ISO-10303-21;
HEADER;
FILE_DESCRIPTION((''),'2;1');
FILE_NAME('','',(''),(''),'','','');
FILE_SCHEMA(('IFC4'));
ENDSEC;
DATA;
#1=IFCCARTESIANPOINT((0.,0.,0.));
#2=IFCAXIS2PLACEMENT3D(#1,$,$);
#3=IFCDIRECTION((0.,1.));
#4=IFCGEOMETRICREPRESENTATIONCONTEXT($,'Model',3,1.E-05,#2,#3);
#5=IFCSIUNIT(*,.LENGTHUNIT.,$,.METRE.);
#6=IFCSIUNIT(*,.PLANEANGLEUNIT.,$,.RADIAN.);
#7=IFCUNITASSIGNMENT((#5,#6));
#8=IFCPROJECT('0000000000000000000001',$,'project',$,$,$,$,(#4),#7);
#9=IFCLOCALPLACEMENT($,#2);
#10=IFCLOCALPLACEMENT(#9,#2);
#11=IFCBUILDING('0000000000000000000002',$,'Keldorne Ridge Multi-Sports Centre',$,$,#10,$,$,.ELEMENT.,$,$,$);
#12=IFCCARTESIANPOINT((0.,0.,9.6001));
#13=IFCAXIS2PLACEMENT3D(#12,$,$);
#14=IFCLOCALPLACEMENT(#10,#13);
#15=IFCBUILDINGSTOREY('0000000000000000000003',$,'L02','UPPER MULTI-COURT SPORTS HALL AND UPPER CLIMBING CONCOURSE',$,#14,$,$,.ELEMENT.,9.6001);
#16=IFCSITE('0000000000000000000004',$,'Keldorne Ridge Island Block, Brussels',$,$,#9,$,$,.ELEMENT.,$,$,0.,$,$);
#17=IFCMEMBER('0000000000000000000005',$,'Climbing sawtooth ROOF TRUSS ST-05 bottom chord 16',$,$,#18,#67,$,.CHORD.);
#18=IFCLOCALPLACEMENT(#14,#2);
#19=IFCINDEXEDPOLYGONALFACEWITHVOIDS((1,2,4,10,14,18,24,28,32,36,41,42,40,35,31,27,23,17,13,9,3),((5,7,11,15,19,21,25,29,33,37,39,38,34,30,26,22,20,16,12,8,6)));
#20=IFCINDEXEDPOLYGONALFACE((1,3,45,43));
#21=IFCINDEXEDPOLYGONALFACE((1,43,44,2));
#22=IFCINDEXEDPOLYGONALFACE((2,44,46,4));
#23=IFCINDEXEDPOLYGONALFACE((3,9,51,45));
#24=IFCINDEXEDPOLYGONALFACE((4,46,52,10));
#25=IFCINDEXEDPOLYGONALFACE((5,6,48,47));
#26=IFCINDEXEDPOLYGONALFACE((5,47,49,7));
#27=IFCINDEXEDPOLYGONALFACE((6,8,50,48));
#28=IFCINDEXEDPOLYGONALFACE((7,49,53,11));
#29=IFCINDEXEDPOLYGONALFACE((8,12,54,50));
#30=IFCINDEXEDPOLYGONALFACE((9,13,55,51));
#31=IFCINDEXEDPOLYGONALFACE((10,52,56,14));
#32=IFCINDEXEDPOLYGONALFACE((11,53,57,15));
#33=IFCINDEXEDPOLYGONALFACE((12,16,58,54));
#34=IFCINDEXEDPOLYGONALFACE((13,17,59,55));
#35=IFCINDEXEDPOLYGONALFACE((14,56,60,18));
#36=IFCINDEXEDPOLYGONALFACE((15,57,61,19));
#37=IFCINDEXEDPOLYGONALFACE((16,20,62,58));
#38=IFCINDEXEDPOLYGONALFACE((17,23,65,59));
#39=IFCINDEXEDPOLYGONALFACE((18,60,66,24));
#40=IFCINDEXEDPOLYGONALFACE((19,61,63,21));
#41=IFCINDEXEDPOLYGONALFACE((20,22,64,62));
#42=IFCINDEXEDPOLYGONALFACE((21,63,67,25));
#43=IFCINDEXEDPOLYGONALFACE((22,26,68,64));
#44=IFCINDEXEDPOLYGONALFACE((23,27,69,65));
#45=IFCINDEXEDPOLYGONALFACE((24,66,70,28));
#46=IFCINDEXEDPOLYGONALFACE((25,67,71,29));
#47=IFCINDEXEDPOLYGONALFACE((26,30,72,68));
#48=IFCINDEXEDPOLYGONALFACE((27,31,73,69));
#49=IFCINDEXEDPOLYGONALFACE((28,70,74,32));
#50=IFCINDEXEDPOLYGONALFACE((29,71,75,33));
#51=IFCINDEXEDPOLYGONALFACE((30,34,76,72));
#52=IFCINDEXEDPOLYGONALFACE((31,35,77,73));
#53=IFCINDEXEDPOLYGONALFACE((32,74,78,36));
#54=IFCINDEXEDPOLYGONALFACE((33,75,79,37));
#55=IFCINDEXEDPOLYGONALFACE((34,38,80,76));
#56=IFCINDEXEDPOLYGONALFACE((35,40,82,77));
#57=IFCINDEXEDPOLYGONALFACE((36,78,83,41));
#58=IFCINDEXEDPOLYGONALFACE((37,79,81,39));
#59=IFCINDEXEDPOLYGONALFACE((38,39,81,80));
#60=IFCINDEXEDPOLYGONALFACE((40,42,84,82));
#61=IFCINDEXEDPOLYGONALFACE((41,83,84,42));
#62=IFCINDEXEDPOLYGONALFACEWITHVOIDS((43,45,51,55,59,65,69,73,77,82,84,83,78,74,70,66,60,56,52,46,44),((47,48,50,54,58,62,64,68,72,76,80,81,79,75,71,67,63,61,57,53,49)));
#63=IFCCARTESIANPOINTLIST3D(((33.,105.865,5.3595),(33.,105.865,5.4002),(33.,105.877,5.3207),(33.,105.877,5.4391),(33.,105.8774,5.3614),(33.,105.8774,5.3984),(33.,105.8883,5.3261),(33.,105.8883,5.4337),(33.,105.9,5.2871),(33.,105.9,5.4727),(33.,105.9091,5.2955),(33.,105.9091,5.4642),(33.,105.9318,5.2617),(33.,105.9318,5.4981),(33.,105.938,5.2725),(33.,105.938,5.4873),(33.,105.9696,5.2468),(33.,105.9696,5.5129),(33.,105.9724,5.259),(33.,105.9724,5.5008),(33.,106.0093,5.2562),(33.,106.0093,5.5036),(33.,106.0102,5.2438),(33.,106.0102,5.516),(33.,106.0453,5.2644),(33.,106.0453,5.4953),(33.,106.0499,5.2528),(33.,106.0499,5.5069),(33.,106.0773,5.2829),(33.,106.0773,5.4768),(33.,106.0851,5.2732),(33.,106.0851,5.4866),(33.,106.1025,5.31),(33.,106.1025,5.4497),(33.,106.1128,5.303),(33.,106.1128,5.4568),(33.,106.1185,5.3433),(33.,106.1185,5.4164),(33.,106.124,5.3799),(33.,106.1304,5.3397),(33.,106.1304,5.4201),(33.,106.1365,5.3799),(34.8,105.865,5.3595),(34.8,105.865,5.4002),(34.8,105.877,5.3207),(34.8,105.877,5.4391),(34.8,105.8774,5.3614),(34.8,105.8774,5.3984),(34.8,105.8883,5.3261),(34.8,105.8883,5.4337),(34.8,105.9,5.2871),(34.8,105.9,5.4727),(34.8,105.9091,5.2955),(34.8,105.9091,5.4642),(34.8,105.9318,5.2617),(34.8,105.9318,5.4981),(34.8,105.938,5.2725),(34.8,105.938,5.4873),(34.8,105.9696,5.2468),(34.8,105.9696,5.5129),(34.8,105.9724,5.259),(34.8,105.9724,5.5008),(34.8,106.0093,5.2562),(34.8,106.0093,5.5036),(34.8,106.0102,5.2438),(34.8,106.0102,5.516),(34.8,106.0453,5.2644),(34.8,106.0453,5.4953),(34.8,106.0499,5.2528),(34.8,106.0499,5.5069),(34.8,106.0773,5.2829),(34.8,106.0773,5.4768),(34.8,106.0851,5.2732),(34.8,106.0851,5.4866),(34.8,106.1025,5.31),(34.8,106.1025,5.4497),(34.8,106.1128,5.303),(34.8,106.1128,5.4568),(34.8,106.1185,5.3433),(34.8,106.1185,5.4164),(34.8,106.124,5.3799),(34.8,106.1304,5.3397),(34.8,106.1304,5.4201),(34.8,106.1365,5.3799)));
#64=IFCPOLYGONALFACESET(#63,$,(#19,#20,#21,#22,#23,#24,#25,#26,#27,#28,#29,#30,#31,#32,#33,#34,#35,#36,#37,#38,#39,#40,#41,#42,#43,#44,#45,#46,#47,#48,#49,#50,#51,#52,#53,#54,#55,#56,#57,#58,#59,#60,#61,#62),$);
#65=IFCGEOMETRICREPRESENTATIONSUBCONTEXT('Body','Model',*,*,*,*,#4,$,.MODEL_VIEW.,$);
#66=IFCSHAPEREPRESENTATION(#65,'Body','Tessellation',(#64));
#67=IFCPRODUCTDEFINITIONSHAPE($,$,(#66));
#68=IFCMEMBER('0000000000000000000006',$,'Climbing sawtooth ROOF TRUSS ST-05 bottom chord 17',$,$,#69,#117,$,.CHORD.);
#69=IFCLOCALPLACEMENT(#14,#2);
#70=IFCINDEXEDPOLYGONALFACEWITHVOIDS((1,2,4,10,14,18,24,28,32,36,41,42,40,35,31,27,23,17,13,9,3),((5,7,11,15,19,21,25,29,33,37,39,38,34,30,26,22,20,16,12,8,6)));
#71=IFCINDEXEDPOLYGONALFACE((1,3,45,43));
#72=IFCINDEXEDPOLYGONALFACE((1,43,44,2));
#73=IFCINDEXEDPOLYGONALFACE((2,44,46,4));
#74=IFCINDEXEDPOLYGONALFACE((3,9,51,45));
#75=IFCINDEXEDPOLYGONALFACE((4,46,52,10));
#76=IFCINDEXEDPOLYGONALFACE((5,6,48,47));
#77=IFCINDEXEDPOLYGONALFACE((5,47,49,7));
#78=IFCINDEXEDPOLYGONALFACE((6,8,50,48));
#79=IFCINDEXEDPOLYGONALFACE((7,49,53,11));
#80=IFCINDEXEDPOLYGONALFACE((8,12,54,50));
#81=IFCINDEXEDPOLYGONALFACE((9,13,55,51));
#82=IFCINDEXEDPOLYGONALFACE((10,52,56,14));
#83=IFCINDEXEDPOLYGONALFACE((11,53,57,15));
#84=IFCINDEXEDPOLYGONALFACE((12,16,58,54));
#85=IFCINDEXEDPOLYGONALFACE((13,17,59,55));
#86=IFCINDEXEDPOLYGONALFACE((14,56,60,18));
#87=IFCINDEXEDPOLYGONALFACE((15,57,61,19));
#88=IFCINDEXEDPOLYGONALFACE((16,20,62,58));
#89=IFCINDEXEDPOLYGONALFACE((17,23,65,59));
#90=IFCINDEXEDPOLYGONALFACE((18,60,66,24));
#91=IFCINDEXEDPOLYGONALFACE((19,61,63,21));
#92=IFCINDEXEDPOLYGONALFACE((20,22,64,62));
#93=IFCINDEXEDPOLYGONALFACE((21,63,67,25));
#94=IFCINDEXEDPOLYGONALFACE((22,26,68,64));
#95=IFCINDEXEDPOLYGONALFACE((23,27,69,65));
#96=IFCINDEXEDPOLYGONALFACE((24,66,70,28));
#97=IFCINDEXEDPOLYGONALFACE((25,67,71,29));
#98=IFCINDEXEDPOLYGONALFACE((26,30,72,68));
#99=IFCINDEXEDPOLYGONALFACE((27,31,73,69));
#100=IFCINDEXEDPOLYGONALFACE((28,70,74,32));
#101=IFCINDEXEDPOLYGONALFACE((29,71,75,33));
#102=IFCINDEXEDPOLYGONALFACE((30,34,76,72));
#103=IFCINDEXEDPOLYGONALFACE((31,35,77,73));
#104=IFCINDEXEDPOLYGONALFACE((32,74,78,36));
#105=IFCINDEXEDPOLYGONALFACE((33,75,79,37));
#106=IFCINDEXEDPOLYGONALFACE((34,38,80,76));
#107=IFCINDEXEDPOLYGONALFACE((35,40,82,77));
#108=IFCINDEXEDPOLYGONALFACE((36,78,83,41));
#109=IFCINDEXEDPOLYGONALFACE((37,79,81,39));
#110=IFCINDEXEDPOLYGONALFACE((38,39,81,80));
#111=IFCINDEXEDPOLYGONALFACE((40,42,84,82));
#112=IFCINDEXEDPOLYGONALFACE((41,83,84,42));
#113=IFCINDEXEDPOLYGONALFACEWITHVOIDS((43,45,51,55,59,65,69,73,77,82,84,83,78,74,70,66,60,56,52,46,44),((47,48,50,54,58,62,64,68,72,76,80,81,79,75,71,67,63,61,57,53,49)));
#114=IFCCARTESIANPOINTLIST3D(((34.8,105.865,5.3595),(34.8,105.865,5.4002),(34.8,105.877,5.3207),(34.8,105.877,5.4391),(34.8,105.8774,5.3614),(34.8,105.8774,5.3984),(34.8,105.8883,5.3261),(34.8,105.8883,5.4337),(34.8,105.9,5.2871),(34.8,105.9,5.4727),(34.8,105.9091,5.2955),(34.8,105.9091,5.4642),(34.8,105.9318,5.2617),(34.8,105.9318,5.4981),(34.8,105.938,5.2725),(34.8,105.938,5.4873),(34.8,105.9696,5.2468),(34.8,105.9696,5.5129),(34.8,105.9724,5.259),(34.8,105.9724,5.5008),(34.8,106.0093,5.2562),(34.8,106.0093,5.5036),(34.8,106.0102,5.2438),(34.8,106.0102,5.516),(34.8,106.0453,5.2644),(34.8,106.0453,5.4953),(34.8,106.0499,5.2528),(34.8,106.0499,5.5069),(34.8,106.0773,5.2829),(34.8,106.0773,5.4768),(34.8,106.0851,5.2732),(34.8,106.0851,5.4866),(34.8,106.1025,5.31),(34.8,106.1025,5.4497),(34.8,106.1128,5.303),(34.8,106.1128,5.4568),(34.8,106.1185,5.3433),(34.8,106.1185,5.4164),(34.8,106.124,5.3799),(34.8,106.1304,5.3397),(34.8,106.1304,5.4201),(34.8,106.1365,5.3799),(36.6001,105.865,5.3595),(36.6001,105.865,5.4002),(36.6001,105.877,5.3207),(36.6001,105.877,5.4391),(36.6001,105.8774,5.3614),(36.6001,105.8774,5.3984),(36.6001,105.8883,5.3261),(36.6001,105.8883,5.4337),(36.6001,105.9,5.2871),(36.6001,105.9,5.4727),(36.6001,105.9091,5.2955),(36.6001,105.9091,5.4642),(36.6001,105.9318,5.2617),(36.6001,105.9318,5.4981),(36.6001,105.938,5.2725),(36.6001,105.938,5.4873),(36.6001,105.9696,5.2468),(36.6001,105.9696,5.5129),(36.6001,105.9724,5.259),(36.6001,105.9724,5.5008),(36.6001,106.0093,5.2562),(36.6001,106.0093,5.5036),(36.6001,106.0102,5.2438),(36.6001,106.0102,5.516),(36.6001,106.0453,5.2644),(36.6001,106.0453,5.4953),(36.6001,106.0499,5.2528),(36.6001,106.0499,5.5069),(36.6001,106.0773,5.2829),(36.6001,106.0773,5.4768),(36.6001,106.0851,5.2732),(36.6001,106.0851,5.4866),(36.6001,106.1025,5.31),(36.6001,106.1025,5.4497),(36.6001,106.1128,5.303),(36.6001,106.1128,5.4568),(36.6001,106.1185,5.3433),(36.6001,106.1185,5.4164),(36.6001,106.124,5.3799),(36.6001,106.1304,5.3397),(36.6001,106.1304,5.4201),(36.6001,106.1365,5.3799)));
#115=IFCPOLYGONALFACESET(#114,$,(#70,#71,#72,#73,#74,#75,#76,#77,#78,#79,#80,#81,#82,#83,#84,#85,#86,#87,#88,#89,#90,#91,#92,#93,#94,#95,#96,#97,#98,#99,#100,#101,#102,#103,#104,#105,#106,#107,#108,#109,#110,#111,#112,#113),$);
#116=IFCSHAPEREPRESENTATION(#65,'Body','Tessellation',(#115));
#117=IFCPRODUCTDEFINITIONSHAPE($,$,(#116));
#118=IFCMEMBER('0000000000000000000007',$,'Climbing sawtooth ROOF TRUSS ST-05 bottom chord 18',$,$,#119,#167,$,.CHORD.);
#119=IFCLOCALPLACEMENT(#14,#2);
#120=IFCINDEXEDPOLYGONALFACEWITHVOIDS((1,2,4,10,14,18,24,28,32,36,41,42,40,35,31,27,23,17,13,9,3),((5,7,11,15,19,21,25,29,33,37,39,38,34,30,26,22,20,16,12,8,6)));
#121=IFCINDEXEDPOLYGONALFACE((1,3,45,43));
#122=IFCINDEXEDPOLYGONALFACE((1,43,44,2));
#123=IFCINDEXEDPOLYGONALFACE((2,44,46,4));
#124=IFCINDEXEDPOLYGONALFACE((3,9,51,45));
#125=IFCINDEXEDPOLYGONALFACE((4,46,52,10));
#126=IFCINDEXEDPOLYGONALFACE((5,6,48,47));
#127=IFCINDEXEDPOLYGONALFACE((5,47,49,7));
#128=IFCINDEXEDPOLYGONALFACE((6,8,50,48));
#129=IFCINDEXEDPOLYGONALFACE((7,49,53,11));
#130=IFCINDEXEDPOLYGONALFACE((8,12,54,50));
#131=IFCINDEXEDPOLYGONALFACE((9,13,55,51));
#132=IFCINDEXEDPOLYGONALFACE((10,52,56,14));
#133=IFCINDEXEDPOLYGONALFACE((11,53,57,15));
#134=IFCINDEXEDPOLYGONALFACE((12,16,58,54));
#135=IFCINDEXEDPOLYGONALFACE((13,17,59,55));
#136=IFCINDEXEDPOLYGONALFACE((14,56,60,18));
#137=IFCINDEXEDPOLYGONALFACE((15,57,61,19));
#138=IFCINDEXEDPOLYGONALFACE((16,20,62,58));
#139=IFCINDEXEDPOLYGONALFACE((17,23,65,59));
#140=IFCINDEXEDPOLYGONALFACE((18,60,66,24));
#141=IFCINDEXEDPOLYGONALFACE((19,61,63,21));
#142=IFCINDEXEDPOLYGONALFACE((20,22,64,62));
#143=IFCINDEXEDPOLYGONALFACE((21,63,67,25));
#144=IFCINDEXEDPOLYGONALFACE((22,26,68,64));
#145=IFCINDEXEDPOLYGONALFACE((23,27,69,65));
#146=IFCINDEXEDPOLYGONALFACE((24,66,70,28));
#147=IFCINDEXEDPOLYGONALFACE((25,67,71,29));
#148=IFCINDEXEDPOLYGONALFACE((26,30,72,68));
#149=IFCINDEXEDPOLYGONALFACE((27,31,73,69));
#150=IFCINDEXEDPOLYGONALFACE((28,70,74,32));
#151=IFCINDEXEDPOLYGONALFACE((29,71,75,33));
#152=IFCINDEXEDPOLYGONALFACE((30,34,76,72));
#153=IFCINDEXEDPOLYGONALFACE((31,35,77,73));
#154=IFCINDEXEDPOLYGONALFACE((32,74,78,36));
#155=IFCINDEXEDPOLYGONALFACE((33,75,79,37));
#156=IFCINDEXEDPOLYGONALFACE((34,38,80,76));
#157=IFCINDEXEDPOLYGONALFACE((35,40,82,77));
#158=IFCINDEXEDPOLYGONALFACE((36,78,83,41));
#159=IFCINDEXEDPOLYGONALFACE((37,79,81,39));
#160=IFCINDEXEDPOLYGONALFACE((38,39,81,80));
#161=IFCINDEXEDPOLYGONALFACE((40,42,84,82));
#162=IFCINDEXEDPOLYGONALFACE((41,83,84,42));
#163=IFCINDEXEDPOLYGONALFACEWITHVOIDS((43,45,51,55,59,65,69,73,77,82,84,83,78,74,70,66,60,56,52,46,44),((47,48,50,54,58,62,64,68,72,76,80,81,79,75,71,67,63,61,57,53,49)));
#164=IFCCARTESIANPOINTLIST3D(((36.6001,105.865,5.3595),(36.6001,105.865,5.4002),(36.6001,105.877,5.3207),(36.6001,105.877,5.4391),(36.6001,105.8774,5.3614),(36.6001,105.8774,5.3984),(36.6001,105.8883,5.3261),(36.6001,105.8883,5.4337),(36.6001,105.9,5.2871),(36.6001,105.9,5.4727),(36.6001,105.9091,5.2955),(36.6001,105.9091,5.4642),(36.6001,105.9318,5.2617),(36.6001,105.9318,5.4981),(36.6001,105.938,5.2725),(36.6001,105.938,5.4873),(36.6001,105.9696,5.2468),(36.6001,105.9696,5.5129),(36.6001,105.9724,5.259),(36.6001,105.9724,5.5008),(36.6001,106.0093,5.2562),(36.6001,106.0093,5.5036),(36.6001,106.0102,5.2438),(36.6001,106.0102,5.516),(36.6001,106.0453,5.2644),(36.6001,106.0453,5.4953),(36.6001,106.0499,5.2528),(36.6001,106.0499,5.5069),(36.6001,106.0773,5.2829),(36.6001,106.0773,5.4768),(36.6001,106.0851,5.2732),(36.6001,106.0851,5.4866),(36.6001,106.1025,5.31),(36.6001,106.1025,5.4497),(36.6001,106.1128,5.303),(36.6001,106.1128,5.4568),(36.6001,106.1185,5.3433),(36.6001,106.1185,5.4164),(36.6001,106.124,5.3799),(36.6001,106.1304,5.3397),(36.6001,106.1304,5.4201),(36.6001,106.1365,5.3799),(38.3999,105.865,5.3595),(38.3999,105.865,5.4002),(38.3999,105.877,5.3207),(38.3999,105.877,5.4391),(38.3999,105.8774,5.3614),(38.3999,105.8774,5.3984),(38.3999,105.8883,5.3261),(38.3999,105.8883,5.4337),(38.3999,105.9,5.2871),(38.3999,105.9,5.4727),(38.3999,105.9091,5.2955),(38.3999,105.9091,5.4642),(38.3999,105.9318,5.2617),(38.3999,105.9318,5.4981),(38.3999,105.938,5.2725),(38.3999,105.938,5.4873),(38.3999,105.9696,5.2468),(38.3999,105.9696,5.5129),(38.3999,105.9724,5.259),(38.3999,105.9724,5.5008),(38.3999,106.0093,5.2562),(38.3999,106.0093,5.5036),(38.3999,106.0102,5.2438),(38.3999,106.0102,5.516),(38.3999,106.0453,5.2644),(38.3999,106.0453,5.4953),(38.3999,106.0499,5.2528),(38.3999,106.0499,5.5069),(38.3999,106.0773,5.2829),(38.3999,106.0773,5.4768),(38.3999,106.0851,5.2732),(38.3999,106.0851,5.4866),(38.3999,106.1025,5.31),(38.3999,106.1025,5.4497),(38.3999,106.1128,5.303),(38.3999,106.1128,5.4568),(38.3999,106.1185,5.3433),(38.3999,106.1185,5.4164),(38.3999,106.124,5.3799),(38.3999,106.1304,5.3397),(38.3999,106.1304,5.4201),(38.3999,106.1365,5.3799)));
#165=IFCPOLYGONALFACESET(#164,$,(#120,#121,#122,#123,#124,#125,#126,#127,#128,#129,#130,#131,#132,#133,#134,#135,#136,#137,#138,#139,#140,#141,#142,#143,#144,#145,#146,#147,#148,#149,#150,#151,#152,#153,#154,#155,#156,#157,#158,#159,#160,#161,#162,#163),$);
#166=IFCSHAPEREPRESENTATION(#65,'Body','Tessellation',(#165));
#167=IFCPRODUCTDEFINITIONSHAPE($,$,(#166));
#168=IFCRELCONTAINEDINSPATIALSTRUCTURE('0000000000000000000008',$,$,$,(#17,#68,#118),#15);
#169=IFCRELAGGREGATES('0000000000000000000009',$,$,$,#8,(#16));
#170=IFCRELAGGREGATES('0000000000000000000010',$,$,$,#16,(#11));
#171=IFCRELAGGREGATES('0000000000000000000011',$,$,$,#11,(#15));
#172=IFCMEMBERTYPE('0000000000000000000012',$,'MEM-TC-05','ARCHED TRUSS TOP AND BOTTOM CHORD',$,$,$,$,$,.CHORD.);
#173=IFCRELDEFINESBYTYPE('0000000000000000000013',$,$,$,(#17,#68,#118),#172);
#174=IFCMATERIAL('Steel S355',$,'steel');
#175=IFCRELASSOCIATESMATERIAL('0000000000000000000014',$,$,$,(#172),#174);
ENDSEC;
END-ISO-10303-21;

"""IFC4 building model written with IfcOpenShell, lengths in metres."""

from ifc_helpers import new_model, si_unit, direction, frame, origin, origin_2d, place, context, subcontext, project, spatial, hollow_circle, extrude, material, material_profile, profile_set, type_object, element, save


model = new_model("IFC4")

# Units and contexts
model_context = context("Model", 3, precision=1e-05, world=origin(), true_north=direction((0.0, 1.0)))
body_context = subcontext(model_context, "Body", "Model", "MODEL_VIEW")
ifc_project = project(units=[si_unit("LENGTHUNIT", "METRE"), si_unit("PLANEANGLEUNIT", "RADIAN")], contexts=[model_context])

# Site, building, storey
site_placement = place(None, origin())
site = spatial("IfcSite", under=ifc_project, at=site_placement, Name="Keldorne Ridge Island Block, Brussels", CompositionType="ELEMENT", RefElevation=0.0)
building_placement = place(site_placement, origin())
building = spatial("IfcBuilding", under=site, at=building_placement, Name="Keldorne Ridge Multi-Sports Centre", CompositionType="ELEMENT")
storey_placement = place(building_placement, frame((0.0, 0.0, 9.6001)))
storey = spatial("IfcBuildingStorey", under=building, at=storey_placement, Name="L02", Description="UPPER MULTI-COURT SPORTS HALL AND UPPER CLIMBING CONCOURSE", CompositionType="ELEMENT", Elevation=9.6001)

# Shared definitions
ifc_material_1 = material(Name="Steel S355", Category="steel")

# Members
ifc_material_profile_1 = material_profile(ifc_material_1, hollow_circle(Radius=0.1365, WallThickness=0.0125, at=origin_2d()), Name="CHS 273x12.5")
ifc_profile_set_1 = profile_set([ifc_material_profile_1], Name="Steel S355")
member_type_1 = type_object("IfcMemberType", Name="MEM-TC-05", Description="ARCHED TRUSS TOP AND BOTTOM CHORD", PredefinedType="CHORD", material=ifc_profile_set_1)
for number, where, z_axis, x_axis, name in (
    (1, (33.0, 106.0, 5.3799), (1.0, 0.0, 0.0), (0.0, 1.0, 0.0), "Climbing sawtooth ROOF TRUSS ST-05 bottom chord 16"),
    (2, (34.8, 106.0, 5.3799), (1.0, 0.0, 0.0), (0.0, 1.0, 0.0), "Climbing sawtooth ROOF TRUSS ST-05 bottom chord 17"),
):
    element("IfcMember", number, at=place(storey_placement, frame(where, z_axis=z_axis, x_axis=x_axis)), inside=storey, type_object=member_type_1, Name=name, PredefinedType="CHORD", context=body_context, shape_type="SweptSolid", body=[
        extrude(hollow_circle(Radius=0.1365, WallThickness=0.0125, at=origin_2d()), origin(), (0.0, 0.0, 1.0), 1.8),
    ])
member_1_placement = place(storey_placement, frame((36.6001, 106.0, 5.3799), z_axis=(1.0, 0.0, 0.0), x_axis=(0.0, 1.0, 0.0)))
element("IfcMember", 3, at=member_1_placement, inside=storey, type_object=member_type_1, Name="Climbing sawtooth ROOF TRUSS ST-05 bottom chord 18", PredefinedType="CHORD", context=body_context, shape_type="SweptSolid", body=[
    extrude(hollow_circle(Radius=0.1365, WallThickness=0.0125, at=origin_2d()), origin(), (0.0, 0.0, 1.0), 1.7998),
])

save(model, "model.ifc")
